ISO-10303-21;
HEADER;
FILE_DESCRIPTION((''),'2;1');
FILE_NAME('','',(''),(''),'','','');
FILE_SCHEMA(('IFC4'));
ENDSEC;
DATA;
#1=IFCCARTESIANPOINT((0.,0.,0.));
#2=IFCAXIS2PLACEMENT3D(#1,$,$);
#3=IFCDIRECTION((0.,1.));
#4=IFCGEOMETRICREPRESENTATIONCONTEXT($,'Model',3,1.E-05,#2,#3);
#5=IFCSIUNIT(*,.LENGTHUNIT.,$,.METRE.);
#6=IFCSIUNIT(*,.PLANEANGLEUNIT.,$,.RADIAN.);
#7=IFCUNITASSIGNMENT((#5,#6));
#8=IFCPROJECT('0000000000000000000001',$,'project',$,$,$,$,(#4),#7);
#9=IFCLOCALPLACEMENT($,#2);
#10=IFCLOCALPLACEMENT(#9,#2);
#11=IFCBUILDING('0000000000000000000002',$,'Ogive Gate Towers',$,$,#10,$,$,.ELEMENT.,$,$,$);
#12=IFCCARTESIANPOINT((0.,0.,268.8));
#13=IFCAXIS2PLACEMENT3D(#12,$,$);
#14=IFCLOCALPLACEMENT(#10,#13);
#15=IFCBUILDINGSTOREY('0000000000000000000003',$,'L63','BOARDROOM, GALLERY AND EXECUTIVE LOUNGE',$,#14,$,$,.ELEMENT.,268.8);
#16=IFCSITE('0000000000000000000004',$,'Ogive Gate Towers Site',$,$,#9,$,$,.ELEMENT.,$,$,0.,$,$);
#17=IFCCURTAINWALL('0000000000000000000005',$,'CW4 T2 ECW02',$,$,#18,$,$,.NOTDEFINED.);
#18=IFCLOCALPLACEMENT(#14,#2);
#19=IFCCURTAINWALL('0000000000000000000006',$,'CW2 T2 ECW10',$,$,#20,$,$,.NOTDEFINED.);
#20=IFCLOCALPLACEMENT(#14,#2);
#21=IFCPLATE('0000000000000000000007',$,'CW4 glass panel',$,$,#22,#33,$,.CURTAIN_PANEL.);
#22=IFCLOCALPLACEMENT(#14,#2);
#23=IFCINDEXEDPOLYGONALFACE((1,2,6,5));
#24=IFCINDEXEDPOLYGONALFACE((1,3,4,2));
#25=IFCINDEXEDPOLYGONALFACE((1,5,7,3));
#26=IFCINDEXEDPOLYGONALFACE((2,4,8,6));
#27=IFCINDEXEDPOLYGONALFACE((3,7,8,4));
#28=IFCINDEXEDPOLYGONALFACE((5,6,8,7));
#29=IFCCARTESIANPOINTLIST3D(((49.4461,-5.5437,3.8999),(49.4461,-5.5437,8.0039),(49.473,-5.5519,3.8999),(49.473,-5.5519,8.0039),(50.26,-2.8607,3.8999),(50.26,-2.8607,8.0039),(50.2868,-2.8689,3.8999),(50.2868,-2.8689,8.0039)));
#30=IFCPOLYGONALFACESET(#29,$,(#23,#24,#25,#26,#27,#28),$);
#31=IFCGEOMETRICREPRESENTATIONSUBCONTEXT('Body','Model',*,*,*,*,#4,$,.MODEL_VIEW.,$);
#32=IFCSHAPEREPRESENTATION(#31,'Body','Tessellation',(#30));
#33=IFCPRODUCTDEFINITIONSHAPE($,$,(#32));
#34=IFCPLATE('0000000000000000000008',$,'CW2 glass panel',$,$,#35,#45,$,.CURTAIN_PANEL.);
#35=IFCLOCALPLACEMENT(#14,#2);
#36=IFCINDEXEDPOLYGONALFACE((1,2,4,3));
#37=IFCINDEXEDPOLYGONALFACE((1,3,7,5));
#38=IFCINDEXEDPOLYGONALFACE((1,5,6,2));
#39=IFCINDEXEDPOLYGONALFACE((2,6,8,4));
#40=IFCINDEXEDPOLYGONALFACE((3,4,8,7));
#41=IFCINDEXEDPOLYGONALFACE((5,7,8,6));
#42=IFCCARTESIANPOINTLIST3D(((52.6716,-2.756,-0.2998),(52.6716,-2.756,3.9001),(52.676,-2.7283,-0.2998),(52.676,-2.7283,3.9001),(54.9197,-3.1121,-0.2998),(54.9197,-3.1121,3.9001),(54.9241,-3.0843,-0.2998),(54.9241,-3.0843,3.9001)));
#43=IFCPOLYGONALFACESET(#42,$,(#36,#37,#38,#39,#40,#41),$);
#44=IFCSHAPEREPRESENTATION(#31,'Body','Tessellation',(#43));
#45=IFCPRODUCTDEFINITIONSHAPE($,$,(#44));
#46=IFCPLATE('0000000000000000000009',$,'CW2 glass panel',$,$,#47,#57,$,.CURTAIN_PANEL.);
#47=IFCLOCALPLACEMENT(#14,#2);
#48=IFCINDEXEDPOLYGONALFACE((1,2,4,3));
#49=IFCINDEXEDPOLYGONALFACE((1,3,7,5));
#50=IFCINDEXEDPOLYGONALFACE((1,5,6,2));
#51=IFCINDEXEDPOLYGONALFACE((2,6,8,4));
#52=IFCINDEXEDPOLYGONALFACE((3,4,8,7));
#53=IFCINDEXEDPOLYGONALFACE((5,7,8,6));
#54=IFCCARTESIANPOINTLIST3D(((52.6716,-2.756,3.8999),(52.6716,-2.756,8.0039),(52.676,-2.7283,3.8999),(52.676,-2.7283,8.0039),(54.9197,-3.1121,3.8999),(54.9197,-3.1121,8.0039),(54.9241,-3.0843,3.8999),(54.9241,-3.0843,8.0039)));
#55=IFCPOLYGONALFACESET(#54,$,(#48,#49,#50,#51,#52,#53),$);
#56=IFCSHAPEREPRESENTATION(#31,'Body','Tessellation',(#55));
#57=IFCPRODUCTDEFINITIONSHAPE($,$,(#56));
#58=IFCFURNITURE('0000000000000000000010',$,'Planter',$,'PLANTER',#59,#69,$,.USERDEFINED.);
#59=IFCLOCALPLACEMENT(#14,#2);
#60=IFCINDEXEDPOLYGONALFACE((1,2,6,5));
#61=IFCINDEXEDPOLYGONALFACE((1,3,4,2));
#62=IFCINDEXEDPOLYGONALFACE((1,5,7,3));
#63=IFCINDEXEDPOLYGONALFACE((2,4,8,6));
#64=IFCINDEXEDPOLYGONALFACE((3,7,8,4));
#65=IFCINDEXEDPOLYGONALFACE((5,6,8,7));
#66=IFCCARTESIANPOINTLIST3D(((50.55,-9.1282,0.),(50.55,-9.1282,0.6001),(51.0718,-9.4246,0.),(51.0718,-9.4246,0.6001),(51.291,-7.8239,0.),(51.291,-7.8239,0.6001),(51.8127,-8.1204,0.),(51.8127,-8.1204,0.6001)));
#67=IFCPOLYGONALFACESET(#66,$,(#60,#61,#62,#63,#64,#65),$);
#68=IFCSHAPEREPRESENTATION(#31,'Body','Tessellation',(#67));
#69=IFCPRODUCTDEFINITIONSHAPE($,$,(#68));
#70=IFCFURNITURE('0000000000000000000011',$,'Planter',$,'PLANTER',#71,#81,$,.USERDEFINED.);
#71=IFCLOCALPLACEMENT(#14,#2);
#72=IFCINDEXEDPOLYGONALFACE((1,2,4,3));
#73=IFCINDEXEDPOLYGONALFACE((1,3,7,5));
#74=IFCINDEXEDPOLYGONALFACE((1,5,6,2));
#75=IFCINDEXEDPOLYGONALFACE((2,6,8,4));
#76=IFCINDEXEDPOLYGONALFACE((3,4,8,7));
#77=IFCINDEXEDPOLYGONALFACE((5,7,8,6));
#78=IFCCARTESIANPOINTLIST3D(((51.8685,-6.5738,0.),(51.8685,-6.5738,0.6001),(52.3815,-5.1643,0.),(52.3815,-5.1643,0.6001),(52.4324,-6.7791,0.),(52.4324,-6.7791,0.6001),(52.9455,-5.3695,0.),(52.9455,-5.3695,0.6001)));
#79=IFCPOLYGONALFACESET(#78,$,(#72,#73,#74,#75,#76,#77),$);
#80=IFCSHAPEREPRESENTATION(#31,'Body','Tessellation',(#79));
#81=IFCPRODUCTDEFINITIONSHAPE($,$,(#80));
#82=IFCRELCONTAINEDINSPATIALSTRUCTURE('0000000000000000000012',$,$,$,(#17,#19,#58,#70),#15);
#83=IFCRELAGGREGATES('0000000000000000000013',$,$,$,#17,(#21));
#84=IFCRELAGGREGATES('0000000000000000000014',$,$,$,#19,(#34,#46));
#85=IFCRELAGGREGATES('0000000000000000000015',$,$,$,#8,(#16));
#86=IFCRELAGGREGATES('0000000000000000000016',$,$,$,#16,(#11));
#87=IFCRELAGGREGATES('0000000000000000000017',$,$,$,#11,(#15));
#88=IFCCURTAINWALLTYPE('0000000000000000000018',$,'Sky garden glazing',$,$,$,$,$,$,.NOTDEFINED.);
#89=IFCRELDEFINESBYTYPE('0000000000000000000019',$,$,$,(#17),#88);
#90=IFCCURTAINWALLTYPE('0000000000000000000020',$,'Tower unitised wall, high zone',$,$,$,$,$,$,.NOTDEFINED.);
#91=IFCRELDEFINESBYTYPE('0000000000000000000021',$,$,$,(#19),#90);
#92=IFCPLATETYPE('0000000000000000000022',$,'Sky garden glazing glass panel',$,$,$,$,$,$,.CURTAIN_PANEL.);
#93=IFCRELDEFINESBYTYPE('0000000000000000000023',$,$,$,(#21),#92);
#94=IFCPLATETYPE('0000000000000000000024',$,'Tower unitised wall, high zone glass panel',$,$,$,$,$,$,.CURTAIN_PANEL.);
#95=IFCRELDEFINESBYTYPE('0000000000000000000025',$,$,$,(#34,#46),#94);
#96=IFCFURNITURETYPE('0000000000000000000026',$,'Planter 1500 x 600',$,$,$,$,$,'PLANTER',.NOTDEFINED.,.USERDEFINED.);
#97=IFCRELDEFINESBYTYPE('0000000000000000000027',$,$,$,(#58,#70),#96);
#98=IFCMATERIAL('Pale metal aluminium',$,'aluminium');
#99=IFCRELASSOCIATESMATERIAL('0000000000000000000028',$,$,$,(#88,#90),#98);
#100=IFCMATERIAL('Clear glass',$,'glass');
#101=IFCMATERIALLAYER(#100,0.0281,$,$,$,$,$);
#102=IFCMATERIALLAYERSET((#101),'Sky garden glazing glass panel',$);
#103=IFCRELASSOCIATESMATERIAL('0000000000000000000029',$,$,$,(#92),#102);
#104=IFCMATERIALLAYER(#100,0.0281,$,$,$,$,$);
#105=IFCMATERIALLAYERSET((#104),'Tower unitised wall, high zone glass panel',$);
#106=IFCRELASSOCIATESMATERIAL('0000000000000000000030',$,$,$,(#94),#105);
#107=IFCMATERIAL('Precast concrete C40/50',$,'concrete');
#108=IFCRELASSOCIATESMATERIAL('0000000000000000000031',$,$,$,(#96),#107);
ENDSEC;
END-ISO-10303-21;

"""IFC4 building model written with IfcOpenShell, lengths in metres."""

from ifc_helpers import new_model, si_unit, direction, frame, origin, origin_2d, place, context, subcontext, project, spatial, rectangle, extrude, material, layer, layer_set, type_object, element, aggregate, save


model = new_model("IFC4")

# Units and contexts
model_context = context("Model", 3, precision=1e-05, world=origin(), true_north=direction((0.0, 1.0)))
body_context = subcontext(model_context, "Body", "Model", "MODEL_VIEW")
ifc_project = project(units=[si_unit("LENGTHUNIT", "METRE"), si_unit("PLANEANGLEUNIT", "RADIAN")], contexts=[model_context])

# Site, building, storey
site_placement = place(None, origin())
site = spatial("IfcSite", under=ifc_project, at=site_placement, Name="Ogive Gate Towers Site", CompositionType="ELEMENT", RefElevation=0.0)
building_placement = place(site_placement, origin())
building = spatial("IfcBuilding", under=site, at=building_placement, Name="Ogive Gate Towers", CompositionType="ELEMENT")
storey_placement = place(building_placement, frame((0.0, 0.0, 268.8)))
storey = spatial("IfcBuildingStorey", under=building, at=storey_placement, Name="L63", Description="BOARDROOM, GALLERY AND EXECUTIVE LOUNGE", CompositionType="ELEMENT", Elevation=268.8)

# Curtain walls
ifc_material_1 = material(Name="Pale metal aluminium", Category="aluminium")
curtain_wall_type_1 = type_object("IfcCurtainWallType", Name="Sky garden glazing", PredefinedType="NOTDEFINED", material=ifc_material_1)
curtain_wall_1_placement = place(storey_placement, origin())
curtain_wall_1 = element("IfcCurtainWall", 1, at=curtain_wall_1_placement, inside=storey, type_object=curtain_wall_type_1, Name="CW4 T2 ECW02", PredefinedType="NOTDEFINED")
curtain_wall_type_2 = type_object("IfcCurtainWallType", Name="Tower unitised wall, high zone", PredefinedType="NOTDEFINED", material=ifc_material_1)
curtain_wall_2_placement = place(storey_placement, origin())
curtain_wall_2 = element("IfcCurtainWall", 2, at=curtain_wall_2_placement, inside=storey, type_object=curtain_wall_type_2, Name="CW2 T2 ECW10", PredefinedType="NOTDEFINED")

# Plates
ifc_material_2 = material(Name="Clear glass", Category="glass")
ifc_layer_1 = layer(ifc_material_2, 0.0281)
ifc_layer_set_1 = layer_set([ifc_layer_1], Name="Sky garden glazing glass panel")
plate_type_1 = type_object("IfcPlateType", Name="Sky garden glazing glass panel", PredefinedType="CURTAIN_PANEL", material=ifc_layer_set_1)
plate_1_placement = place(storey_placement, frame((49.8665, -4.2063, 3.8999), z_axis=(0.0, 0.0, 1.0), x_axis=(-0.290285, -0.95694, 0.0)))
plate_1 = element("IfcPlate", 3, at=plate_1_placement, type_object=plate_type_1, Name="CW4 glass panel", PredefinedType="CURTAIN_PANEL", context=body_context, shape_type="SweptSolid", body=[
    extrude(rectangle(XDim=2.8037, YDim=0.0281, at=origin_2d()), origin(), (0.0, 0.0, 1.0), 4.104),
])
aggregate(curtain_wall_1, [plate_1])
ifc_layer_2 = layer(ifc_material_2, 0.0281)
ifc_layer_set_2 = layer_set([ifc_layer_2], Name="Tower unitised wall, high zone glass panel")
plate_type_2 = type_object("IfcPlateType", Name="Tower unitised wall, high zone glass panel", PredefinedType="CURTAIN_PANEL", material=ifc_layer_set_2)
plate_2_placement = place(storey_placement, frame((53.7979, -2.9202, -0.2998), z_axis=(0.0, 0.0, 1.0), x_axis=(-0.987688, 0.156434, 0.0)))
plate_2 = element("IfcPlate", 4, at=plate_2_placement, type_object=plate_type_2, Name="CW2 glass panel", PredefinedType="CURTAIN_PANEL", context=body_context, shape_type="SweptSolid", body=[
    extrude(rectangle(XDim=2.2761, YDim=0.0281, at=origin_2d()), origin(), (0.0, 0.0, 1.0), 4.2),
])
plate_3_placement = place(storey_placement, frame((53.7979, -2.9202, 3.8999), z_axis=(0.0, 0.0, 1.0), x_axis=(-0.987688, 0.156434, 0.0)))
plate_3 = element("IfcPlate", 5, at=plate_3_placement, type_object=plate_type_2, Name="CW2 glass panel", PredefinedType="CURTAIN_PANEL", context=body_context, shape_type="SweptSolid", body=[
    extrude(rectangle(XDim=2.2761, YDim=0.0281, at=origin_2d()), origin(), (0.0, 0.0, 1.0), 4.104),
])
aggregate(curtain_wall_2, [plate_2, plate_3])

# Furniture
ifc_material_3 = material(Name="Precast concrete C40/50", Category="concrete")
furniture_type = type_object("IfcFurnitureType", Name="Planter 1500 x 600", ElementType="PLANTER", AssemblyPlace="NOTDEFINED", PredefinedType="USERDEFINED", material=ifc_material_3)
for number, where, z_axis, x_axis, name in (
    (6, (51.1814, -8.6243, 0.0), (0.0, 0.0, 1.0), (0.493942, 0.869495, 0.0), "Planter"),
    (7, (52.407, -5.9717, 0.0), (0.0, 0.0, 1.0), (0.34202, 0.939693, 0.0), "Planter"),
):
    element("IfcFurniture", number, at=place(storey_placement, frame(where, z_axis=z_axis, x_axis=x_axis)), inside=storey, type_object=furniture_type, Name=name, ObjectType="PLANTER", PredefinedType="USERDEFINED", context=body_context, shape_type="SweptSolid", body=[
        extrude(rectangle(XDim=1.5, YDim=0.6001, at=origin_2d()), origin(), (0.0, 0.0, 1.0), 0.6001),
    ])

save(model, "model.ifc")
